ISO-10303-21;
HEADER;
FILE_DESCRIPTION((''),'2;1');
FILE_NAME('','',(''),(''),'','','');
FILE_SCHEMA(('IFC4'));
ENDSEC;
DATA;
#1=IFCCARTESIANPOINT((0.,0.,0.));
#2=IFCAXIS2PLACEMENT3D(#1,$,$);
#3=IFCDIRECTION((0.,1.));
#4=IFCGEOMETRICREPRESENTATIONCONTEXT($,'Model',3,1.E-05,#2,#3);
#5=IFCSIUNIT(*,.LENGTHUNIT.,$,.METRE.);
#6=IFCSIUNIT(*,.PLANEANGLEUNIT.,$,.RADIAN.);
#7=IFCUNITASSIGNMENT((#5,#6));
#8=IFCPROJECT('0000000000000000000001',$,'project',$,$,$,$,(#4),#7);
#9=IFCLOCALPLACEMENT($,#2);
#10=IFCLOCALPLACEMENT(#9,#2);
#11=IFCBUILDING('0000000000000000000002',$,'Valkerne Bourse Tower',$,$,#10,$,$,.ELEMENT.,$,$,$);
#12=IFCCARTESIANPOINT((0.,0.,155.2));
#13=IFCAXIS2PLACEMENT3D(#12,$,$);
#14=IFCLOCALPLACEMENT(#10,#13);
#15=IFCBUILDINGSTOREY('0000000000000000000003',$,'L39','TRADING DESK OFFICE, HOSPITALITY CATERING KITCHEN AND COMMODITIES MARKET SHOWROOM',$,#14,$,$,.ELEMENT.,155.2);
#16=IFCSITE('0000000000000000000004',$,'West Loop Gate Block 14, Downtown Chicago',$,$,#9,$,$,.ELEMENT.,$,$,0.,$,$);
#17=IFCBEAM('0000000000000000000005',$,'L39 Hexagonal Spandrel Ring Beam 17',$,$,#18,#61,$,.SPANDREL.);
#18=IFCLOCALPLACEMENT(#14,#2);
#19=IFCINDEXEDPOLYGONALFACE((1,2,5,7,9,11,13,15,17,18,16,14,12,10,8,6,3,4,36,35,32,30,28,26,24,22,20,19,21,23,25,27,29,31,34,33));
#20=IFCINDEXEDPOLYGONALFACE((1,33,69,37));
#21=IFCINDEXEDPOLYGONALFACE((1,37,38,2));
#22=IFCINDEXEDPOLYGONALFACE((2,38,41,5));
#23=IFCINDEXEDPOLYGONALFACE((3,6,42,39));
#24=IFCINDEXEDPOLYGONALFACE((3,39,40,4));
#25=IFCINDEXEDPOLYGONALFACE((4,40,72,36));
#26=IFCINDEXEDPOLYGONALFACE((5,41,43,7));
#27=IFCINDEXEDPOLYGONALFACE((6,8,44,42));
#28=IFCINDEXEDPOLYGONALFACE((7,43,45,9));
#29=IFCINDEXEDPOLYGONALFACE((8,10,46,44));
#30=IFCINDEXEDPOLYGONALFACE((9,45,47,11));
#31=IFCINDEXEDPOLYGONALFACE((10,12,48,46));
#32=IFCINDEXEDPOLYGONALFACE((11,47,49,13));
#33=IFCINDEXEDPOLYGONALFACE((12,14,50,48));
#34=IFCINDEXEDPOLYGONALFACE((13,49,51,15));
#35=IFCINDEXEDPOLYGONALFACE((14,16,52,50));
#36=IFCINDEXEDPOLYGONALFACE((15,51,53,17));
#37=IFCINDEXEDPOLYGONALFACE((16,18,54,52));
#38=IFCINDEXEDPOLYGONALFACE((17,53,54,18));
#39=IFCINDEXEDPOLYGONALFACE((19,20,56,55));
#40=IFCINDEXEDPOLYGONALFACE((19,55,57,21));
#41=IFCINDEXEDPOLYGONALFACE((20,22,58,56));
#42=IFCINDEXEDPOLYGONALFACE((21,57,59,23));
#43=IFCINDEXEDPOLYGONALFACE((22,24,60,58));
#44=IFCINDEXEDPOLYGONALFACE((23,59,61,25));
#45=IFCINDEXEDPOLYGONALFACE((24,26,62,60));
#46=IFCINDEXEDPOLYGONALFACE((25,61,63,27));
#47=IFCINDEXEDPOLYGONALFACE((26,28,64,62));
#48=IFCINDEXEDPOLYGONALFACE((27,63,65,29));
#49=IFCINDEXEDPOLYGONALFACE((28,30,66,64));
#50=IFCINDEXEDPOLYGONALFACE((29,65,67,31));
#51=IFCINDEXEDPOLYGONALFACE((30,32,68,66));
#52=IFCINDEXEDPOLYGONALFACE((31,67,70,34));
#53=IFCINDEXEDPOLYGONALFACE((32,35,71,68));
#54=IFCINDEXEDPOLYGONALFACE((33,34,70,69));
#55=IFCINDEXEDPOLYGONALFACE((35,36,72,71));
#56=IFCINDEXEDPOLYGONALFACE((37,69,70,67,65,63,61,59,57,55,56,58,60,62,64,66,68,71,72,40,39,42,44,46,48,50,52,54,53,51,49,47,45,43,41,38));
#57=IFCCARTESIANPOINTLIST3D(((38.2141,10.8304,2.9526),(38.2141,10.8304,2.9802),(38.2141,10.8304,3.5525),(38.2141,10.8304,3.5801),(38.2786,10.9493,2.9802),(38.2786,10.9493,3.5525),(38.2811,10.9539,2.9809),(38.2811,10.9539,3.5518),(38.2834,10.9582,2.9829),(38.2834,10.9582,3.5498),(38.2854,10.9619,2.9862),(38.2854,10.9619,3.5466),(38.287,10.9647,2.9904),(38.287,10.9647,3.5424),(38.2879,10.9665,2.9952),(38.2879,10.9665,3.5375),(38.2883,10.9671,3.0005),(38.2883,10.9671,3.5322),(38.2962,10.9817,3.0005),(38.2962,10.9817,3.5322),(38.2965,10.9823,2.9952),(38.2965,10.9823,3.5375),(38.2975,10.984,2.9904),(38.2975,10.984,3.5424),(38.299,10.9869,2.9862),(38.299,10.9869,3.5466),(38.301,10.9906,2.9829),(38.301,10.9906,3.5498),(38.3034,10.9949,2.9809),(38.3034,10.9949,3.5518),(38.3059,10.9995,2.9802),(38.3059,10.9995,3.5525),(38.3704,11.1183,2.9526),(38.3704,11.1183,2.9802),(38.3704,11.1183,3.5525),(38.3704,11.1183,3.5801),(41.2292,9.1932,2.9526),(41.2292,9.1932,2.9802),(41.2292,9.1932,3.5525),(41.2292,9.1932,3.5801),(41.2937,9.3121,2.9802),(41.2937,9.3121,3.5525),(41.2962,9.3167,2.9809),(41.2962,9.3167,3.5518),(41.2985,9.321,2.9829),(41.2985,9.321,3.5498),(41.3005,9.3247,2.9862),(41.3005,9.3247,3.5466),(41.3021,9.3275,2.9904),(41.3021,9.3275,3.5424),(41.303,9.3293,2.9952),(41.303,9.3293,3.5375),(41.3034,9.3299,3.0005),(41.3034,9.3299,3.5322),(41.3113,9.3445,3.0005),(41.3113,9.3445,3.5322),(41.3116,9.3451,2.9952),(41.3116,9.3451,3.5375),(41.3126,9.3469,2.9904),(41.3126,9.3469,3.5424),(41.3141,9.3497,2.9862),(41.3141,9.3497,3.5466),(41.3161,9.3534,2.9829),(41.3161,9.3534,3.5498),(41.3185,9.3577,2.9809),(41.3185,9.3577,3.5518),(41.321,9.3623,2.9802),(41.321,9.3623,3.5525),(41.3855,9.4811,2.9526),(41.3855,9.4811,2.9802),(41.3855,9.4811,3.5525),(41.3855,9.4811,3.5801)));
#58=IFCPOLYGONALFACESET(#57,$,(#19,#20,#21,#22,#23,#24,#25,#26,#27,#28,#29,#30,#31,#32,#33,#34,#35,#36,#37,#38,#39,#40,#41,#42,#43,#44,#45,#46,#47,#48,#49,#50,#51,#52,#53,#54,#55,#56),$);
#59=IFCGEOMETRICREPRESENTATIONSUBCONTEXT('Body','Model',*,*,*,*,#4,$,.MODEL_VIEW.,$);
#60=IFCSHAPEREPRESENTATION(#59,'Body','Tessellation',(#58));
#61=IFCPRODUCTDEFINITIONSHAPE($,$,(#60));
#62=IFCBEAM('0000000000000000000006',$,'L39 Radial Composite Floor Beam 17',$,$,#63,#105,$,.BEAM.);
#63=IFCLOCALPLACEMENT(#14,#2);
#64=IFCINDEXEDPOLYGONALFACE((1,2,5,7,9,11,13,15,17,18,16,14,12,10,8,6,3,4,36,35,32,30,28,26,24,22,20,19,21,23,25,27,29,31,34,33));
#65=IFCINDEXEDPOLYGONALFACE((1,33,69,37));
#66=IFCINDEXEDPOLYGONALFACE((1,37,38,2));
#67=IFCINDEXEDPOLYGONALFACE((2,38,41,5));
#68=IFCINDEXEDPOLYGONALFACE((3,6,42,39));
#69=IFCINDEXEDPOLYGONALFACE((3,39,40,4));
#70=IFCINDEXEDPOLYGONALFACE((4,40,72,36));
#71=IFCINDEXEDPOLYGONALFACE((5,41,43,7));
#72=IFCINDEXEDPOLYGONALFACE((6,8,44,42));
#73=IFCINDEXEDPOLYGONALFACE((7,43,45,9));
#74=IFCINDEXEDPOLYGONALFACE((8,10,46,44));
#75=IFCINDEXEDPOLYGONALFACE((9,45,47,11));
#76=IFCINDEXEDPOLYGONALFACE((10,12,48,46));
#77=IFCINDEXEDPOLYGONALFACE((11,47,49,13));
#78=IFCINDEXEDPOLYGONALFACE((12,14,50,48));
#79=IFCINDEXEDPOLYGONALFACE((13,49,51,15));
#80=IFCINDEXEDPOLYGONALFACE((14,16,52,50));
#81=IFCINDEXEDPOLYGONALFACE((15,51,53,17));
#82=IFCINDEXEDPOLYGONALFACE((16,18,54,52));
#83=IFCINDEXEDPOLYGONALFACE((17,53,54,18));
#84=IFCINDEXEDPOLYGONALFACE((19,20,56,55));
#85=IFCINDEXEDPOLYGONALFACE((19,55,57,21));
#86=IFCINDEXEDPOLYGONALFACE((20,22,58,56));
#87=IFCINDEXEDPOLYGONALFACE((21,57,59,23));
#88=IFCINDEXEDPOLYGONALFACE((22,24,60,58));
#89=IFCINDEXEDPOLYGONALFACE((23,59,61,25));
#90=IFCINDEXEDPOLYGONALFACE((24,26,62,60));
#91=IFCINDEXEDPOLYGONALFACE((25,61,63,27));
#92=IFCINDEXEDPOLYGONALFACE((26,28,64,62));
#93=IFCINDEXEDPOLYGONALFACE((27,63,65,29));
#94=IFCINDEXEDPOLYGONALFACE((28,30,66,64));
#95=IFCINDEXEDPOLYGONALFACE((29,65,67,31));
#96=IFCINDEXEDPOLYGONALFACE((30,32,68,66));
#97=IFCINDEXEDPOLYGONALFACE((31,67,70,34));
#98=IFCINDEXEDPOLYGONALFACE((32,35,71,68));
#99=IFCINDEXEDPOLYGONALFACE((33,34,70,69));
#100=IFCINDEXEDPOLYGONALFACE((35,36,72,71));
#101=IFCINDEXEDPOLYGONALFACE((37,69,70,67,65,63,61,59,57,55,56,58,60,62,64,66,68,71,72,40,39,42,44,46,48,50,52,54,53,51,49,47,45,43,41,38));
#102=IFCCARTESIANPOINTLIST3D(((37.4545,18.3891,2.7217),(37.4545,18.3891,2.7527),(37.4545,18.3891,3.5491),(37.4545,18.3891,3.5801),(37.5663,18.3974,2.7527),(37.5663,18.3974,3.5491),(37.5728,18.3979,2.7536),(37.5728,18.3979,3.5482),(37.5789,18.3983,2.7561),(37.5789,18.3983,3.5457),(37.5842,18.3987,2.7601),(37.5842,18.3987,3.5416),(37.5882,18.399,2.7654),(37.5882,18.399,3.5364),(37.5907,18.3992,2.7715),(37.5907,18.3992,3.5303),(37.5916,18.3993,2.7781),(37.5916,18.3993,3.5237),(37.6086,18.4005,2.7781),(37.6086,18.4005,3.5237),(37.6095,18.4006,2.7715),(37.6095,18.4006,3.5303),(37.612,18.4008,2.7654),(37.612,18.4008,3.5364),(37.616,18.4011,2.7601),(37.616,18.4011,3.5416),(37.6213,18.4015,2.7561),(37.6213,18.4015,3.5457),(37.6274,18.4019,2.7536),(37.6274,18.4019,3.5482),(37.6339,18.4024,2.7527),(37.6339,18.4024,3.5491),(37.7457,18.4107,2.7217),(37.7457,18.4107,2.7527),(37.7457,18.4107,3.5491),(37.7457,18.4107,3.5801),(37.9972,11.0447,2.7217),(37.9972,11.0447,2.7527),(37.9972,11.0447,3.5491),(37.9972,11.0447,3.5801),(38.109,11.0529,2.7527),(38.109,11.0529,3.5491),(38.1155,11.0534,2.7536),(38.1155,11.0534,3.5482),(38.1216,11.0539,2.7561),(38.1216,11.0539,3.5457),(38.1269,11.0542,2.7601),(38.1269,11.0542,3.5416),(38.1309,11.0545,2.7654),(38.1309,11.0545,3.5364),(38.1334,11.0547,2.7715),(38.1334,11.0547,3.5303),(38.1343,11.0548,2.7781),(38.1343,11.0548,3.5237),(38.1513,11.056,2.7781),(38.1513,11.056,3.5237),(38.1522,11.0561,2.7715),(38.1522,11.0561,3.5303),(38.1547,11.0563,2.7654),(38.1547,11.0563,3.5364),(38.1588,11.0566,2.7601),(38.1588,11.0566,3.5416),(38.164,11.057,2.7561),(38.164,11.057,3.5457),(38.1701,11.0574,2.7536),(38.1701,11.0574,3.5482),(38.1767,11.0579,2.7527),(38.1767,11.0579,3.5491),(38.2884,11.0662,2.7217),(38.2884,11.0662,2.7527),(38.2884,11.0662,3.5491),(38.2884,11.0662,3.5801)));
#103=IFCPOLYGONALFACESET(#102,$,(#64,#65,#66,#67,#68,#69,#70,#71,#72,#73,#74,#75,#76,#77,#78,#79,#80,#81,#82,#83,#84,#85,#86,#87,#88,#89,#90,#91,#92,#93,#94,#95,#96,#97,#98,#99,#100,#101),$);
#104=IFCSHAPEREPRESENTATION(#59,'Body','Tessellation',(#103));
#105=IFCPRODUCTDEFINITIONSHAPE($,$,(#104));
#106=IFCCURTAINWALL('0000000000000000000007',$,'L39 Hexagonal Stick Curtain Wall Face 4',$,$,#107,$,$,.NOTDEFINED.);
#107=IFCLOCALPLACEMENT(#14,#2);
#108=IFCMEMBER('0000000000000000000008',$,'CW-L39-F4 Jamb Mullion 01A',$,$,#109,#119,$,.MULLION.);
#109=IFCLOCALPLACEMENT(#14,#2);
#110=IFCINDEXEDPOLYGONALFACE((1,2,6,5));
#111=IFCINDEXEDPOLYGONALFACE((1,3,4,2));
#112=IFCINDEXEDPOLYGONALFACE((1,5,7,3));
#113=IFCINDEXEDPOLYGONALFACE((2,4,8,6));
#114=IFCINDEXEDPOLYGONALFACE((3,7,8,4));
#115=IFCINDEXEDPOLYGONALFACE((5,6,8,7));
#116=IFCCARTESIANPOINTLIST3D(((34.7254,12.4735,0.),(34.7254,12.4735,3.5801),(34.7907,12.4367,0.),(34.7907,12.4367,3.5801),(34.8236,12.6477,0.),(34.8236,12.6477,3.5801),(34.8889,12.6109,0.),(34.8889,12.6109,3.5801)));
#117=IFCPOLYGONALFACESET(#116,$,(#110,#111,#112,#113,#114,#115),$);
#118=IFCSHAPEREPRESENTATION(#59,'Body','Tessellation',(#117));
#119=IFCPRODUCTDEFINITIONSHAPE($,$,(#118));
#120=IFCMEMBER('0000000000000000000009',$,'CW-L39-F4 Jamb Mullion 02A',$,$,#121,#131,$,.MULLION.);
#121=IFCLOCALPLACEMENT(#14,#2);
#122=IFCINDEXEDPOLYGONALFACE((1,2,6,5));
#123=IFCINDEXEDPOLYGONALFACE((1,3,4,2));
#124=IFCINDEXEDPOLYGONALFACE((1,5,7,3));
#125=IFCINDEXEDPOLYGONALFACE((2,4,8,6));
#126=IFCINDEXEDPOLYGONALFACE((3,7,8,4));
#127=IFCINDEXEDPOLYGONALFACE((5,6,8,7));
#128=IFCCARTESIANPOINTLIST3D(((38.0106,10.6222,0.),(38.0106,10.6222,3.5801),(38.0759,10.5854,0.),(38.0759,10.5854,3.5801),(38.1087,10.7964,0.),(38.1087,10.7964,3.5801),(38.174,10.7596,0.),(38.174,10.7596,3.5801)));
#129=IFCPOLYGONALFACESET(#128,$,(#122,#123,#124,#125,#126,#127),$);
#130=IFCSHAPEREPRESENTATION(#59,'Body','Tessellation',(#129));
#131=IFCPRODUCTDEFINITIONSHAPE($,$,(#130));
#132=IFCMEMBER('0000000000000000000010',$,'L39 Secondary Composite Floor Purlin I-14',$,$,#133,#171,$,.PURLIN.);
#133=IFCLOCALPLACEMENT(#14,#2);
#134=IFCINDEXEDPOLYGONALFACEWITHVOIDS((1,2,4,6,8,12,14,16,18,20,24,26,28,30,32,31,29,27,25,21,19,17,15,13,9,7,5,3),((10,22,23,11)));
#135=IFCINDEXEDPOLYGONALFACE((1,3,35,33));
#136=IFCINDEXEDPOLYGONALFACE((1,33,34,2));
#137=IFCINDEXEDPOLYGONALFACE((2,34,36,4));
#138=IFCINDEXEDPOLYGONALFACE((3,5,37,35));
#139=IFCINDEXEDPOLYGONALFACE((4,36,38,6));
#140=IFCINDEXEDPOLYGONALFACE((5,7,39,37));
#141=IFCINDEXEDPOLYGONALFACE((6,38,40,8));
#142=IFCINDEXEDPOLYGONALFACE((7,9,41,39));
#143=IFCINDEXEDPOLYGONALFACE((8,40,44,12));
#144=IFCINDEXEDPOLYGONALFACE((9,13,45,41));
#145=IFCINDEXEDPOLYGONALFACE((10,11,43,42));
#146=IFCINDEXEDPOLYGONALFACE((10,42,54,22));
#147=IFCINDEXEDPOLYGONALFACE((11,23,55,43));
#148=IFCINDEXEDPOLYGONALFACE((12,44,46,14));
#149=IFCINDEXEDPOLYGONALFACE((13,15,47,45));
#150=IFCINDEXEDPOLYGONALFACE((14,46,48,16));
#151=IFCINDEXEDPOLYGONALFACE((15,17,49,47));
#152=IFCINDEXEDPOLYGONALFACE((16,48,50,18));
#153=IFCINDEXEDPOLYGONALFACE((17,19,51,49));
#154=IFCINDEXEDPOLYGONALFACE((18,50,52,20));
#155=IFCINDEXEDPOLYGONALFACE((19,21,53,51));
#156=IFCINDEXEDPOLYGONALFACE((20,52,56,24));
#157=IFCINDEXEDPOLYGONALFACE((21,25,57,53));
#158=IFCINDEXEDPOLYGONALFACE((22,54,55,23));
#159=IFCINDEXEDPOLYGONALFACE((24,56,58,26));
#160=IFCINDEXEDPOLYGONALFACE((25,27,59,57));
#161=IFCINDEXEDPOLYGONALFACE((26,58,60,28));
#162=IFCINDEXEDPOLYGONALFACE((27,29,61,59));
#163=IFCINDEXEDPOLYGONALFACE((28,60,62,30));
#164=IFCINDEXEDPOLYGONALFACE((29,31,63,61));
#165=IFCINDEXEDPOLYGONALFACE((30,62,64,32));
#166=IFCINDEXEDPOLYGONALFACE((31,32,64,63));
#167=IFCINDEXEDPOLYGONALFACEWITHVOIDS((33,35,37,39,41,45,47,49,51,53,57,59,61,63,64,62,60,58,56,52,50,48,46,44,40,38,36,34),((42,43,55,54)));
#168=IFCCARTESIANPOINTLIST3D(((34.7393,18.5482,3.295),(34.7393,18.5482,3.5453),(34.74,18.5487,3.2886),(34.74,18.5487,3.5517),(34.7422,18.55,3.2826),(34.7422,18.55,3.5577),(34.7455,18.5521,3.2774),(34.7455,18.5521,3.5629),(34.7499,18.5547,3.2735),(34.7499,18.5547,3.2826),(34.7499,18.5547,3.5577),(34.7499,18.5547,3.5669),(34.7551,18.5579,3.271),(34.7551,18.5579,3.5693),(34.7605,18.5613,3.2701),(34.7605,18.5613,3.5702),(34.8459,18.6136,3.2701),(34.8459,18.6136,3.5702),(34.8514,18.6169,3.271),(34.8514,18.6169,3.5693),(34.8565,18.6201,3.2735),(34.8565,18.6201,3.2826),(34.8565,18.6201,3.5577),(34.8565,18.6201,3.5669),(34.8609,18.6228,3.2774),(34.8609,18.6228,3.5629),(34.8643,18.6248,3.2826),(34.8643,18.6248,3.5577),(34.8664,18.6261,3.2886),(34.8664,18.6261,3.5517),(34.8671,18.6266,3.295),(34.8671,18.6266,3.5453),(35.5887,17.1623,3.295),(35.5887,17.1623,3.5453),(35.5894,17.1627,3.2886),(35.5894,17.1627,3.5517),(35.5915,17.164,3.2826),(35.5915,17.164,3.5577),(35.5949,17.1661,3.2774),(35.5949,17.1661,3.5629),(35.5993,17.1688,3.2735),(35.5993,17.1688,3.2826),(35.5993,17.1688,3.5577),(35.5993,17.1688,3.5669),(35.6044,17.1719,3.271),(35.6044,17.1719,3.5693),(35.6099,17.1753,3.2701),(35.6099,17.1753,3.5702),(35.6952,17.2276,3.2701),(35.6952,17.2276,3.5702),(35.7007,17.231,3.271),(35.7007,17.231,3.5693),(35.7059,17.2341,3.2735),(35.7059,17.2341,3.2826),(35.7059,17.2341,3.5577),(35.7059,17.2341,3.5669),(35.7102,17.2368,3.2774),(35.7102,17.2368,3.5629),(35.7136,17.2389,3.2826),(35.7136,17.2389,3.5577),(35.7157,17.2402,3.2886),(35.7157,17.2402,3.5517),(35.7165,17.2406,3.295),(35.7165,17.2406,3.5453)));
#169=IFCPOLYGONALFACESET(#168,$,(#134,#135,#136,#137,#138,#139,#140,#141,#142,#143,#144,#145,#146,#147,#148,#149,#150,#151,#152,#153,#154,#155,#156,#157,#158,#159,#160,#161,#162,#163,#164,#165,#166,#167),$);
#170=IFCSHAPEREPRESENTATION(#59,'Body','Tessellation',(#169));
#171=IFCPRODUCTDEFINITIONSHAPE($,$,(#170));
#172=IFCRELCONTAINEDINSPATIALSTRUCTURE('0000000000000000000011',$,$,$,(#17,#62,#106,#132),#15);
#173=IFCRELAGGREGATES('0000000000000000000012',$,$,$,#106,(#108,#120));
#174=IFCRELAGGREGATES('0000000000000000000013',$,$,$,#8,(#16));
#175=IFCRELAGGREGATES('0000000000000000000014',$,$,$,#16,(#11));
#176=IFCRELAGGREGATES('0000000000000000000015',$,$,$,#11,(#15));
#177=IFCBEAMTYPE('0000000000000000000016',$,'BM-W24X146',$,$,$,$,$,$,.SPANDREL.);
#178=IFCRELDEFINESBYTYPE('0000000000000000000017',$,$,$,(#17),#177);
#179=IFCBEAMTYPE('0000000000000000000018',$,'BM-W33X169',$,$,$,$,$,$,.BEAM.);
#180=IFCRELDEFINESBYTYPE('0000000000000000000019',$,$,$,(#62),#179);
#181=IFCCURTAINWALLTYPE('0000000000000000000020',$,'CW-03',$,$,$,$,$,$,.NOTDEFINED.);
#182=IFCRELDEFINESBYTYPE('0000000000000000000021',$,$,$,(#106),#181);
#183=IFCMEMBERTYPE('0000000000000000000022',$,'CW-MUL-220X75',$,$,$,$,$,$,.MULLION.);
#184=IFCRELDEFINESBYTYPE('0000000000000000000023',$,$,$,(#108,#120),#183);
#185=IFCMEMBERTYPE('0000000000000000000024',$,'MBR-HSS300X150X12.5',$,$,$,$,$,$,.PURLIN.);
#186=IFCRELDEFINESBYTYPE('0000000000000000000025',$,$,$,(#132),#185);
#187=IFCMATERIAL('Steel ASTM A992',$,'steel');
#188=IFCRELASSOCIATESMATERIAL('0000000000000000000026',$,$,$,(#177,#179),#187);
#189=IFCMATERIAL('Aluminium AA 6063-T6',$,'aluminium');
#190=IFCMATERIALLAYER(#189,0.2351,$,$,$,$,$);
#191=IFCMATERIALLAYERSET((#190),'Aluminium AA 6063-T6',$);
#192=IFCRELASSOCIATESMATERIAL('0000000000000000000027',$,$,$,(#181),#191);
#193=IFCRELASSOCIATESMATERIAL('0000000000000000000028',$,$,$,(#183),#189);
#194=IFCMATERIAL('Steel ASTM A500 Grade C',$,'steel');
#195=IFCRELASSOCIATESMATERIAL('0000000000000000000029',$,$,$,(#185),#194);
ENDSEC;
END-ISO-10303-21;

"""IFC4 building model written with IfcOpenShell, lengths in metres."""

from ifc_helpers import new_model, si_unit, direction, frame, origin, origin_2d, place, context, subcontext, project, spatial, rectangle, hollow_rectangle, i_section, extrude, material, layer, layer_set, material_profile, profile_set, type_object, element, aggregate, save


model = new_model("IFC4")

# Units and contexts
model_context = context("Model", 3, precision=1e-05, world=origin(), true_north=direction((0.0, 1.0)))
body_context = subcontext(model_context, "Body", "Model", "MODEL_VIEW")
ifc_project = project(units=[si_unit("LENGTHUNIT", "METRE"), si_unit("PLANEANGLEUNIT", "RADIAN")], contexts=[model_context])

# Site, building, storey
site_placement = place(None, origin())
site = spatial("IfcSite", under=ifc_project, at=site_placement, Name="West Loop Gate Block 14, Downtown Chicago", CompositionType="ELEMENT", RefElevation=0.0)
building_placement = place(site_placement, origin())
building = spatial("IfcBuilding", under=site, at=building_placement, Name="Valkerne Bourse Tower", CompositionType="ELEMENT")
storey_placement = place(building_placement, frame((0.0, 0.0, 155.2)))
storey = spatial("IfcBuildingStorey", under=building, at=storey_placement, Name="L39", Description="TRADING DESK OFFICE, HOSPITALITY CATERING KITCHEN AND COMMODITIES MARKET SHOWROOM", CompositionType="ELEMENT", Elevation=155.2)

# Beams
ifc_material_1 = material(Name="Steel ASTM A992", Category="steel")
ifc_material_profile_1 = material_profile(ifc_material_1, i_section(OverallWidth=0.3276, OverallDepth=0.6274, WebThickness=0.0166, FlangeThickness=0.0276, FilletRadius=0.0203, at=origin_2d()), Name="W24X146")
ifc_profile_set_1 = profile_set([ifc_material_profile_1], Name="Steel ASTM A992")
beam_type_1 = type_object("IfcBeamType", Name="BM-W24X146", PredefinedType="SPANDREL", material=ifc_profile_set_1)
for number, where, z_axis, x_axis, name in (
    (1, (38.2922, 10.9744, 3.2664), (0.878802, -0.477186, 0.0), (0.477186, 0.878802, 0.0), "L39 Hexagonal Spandrel Ring Beam 17"),
):
    element("IfcBeam", number, at=place(storey_placement, frame(where, z_axis=z_axis, x_axis=x_axis)), inside=storey, type_object=beam_type_1, Name=name, PredefinedType="SPANDREL", context=body_context, shape_type="SweptSolid", body=[
        extrude(i_section(OverallWidth=0.3276, OverallDepth=0.6274, WebThickness=0.0166, FlangeThickness=0.0276, FilletRadius=0.0203, at=origin_2d()), origin(), (0.0, 0.0, 1.0), 3.4309),
    ])
ifc_material_profile_2 = material_profile(ifc_material_1, i_section(OverallWidth=0.292, OverallDepth=0.8584, WebThickness=0.0171, FlangeThickness=0.031, FilletRadius=0.0254, at=origin_2d()), Name="W33X169")
ifc_profile_set_2 = profile_set([ifc_material_profile_2], Name="Steel ASTM A992")
beam_type_2 = type_object("IfcBeamType", Name="BM-W33X169", PredefinedType="BEAM", material=ifc_profile_set_2)
beam_1_placement = place(storey_placement, frame((38.1428, 11.0554, 3.1509), z_axis=(-0.073695, 0.997281, 0.0), x_axis=(-0.997281, -0.073695, 0.0)))
element("IfcBeam", 2, at=beam_1_placement, inside=storey, type_object=beam_type_2, Name="L39 Radial Composite Floor Beam 17", PredefinedType="BEAM", context=body_context, shape_type="SweptSolid", body=[
    extrude(i_section(OverallWidth=0.292, OverallDepth=0.8584, WebThickness=0.0171, FlangeThickness=0.031, FilletRadius=0.0254, at=origin_2d()), origin(), (0.0, 0.0, 1.0), 7.3645),
])

# Curtain wall, members
ifc_material_2 = material(Name="Aluminium AA 6063-T6", Category="aluminium")
ifc_layer_1 = layer(ifc_material_2, 0.2351)
ifc_layer_set_1 = layer_set([ifc_layer_1], Name="Aluminium AA 6063-T6")
curtain_wall_type = type_object("IfcCurtainWallType", Name="CW-03", PredefinedType="NOTDEFINED", material=ifc_layer_set_1)
curtain_wall_placement = place(storey_placement, origin())
curtain_wall = element("IfcCurtainWall", 3, at=curtain_wall_placement, inside=storey, type_object=curtain_wall_type, Name="L39 Hexagonal Stick Curtain Wall Face 4", PredefinedType="NOTDEFINED")
ifc_material_profile_3 = material_profile(ifc_material_2, rectangle(XDim=0.075, YDim=0.2, at=origin_2d()), Name="CWM-75X200")
ifc_profile_set_3 = profile_set([ifc_material_profile_3], Name="Aluminium AA 6063-T6")
member_type_1 = type_object("IfcMemberType", Name="CW-MUL-220X75", PredefinedType="MULLION", material=ifc_profile_set_3)
member_1_placement = place(storey_placement, frame((34.8071, 12.5422, 0.0), z_axis=(0.0, 0.0, 1.0), x_axis=(0.871211, -0.49091, 0.0)))
member_1 = element("IfcMember", 4, at=member_1_placement, type_object=member_type_1, Name="CW-L39-F4 Jamb Mullion 01A", PredefinedType="MULLION", context=body_context, shape_type="SweptSolid", body=[
    extrude(rectangle(XDim=0.075, YDim=0.2, at=origin_2d()), origin(), (0.0, 0.0, 1.0), 3.5801),
])
member_2_placement = place(storey_placement, frame((38.0923, 10.6909, 0.0), z_axis=(0.0, 0.0, 1.0), x_axis=(0.871217, -0.490898, 0.0)))
member_2 = element("IfcMember", 5, at=member_2_placement, type_object=member_type_1, Name="CW-L39-F4 Jamb Mullion 02A", PredefinedType="MULLION", context=body_context, shape_type="SweptSolid", body=[
    extrude(rectangle(XDim=0.075, YDim=0.2, at=origin_2d()), origin(), (0.0, 0.0, 1.0), 3.5801),
])

# Member
ifc_material_3 = material(Name="Steel ASTM A500 Grade C", Category="steel")
ifc_material_profile_4 = material_profile(ifc_material_3, hollow_rectangle(XDim=0.1499, YDim=0.3, WallThickness=0.0125, OuterFilletRadius=0.0249, at=origin_2d()), Name="HSS300X150X12.5")
ifc_profile_set_4 = profile_set([ifc_material_profile_4], Name="Steel ASTM A500 Grade C")
member_type_2 = type_object("IfcMemberType", Name="MBR-HSS300X150X12.5", PredefinedType="PURLIN", material=ifc_profile_set_4)
member_3_placement = place(storey_placement, frame((34.8032, 18.5874, 3.4202), z_axis=(0.522513, -0.852631, 0.0), x_axis=(0.852631, 0.522513, 0.0)))
element("IfcMember", 6, at=member_3_placement, inside=storey, type_object=member_type_2, Name="L39 Secondary Composite Floor Purlin I-14", PredefinedType="PURLIN", context=body_context, shape_type="SweptSolid", body=[
    extrude(hollow_rectangle(XDim=0.1499, YDim=0.3, WallThickness=0.0125, OuterFilletRadius=0.0249, at=origin_2d()), origin(), (0.0, 0.0, 1.0), 1.6255),
])

aggregate(curtain_wall, [member_1, member_2])

save(model, "model.ifc")
